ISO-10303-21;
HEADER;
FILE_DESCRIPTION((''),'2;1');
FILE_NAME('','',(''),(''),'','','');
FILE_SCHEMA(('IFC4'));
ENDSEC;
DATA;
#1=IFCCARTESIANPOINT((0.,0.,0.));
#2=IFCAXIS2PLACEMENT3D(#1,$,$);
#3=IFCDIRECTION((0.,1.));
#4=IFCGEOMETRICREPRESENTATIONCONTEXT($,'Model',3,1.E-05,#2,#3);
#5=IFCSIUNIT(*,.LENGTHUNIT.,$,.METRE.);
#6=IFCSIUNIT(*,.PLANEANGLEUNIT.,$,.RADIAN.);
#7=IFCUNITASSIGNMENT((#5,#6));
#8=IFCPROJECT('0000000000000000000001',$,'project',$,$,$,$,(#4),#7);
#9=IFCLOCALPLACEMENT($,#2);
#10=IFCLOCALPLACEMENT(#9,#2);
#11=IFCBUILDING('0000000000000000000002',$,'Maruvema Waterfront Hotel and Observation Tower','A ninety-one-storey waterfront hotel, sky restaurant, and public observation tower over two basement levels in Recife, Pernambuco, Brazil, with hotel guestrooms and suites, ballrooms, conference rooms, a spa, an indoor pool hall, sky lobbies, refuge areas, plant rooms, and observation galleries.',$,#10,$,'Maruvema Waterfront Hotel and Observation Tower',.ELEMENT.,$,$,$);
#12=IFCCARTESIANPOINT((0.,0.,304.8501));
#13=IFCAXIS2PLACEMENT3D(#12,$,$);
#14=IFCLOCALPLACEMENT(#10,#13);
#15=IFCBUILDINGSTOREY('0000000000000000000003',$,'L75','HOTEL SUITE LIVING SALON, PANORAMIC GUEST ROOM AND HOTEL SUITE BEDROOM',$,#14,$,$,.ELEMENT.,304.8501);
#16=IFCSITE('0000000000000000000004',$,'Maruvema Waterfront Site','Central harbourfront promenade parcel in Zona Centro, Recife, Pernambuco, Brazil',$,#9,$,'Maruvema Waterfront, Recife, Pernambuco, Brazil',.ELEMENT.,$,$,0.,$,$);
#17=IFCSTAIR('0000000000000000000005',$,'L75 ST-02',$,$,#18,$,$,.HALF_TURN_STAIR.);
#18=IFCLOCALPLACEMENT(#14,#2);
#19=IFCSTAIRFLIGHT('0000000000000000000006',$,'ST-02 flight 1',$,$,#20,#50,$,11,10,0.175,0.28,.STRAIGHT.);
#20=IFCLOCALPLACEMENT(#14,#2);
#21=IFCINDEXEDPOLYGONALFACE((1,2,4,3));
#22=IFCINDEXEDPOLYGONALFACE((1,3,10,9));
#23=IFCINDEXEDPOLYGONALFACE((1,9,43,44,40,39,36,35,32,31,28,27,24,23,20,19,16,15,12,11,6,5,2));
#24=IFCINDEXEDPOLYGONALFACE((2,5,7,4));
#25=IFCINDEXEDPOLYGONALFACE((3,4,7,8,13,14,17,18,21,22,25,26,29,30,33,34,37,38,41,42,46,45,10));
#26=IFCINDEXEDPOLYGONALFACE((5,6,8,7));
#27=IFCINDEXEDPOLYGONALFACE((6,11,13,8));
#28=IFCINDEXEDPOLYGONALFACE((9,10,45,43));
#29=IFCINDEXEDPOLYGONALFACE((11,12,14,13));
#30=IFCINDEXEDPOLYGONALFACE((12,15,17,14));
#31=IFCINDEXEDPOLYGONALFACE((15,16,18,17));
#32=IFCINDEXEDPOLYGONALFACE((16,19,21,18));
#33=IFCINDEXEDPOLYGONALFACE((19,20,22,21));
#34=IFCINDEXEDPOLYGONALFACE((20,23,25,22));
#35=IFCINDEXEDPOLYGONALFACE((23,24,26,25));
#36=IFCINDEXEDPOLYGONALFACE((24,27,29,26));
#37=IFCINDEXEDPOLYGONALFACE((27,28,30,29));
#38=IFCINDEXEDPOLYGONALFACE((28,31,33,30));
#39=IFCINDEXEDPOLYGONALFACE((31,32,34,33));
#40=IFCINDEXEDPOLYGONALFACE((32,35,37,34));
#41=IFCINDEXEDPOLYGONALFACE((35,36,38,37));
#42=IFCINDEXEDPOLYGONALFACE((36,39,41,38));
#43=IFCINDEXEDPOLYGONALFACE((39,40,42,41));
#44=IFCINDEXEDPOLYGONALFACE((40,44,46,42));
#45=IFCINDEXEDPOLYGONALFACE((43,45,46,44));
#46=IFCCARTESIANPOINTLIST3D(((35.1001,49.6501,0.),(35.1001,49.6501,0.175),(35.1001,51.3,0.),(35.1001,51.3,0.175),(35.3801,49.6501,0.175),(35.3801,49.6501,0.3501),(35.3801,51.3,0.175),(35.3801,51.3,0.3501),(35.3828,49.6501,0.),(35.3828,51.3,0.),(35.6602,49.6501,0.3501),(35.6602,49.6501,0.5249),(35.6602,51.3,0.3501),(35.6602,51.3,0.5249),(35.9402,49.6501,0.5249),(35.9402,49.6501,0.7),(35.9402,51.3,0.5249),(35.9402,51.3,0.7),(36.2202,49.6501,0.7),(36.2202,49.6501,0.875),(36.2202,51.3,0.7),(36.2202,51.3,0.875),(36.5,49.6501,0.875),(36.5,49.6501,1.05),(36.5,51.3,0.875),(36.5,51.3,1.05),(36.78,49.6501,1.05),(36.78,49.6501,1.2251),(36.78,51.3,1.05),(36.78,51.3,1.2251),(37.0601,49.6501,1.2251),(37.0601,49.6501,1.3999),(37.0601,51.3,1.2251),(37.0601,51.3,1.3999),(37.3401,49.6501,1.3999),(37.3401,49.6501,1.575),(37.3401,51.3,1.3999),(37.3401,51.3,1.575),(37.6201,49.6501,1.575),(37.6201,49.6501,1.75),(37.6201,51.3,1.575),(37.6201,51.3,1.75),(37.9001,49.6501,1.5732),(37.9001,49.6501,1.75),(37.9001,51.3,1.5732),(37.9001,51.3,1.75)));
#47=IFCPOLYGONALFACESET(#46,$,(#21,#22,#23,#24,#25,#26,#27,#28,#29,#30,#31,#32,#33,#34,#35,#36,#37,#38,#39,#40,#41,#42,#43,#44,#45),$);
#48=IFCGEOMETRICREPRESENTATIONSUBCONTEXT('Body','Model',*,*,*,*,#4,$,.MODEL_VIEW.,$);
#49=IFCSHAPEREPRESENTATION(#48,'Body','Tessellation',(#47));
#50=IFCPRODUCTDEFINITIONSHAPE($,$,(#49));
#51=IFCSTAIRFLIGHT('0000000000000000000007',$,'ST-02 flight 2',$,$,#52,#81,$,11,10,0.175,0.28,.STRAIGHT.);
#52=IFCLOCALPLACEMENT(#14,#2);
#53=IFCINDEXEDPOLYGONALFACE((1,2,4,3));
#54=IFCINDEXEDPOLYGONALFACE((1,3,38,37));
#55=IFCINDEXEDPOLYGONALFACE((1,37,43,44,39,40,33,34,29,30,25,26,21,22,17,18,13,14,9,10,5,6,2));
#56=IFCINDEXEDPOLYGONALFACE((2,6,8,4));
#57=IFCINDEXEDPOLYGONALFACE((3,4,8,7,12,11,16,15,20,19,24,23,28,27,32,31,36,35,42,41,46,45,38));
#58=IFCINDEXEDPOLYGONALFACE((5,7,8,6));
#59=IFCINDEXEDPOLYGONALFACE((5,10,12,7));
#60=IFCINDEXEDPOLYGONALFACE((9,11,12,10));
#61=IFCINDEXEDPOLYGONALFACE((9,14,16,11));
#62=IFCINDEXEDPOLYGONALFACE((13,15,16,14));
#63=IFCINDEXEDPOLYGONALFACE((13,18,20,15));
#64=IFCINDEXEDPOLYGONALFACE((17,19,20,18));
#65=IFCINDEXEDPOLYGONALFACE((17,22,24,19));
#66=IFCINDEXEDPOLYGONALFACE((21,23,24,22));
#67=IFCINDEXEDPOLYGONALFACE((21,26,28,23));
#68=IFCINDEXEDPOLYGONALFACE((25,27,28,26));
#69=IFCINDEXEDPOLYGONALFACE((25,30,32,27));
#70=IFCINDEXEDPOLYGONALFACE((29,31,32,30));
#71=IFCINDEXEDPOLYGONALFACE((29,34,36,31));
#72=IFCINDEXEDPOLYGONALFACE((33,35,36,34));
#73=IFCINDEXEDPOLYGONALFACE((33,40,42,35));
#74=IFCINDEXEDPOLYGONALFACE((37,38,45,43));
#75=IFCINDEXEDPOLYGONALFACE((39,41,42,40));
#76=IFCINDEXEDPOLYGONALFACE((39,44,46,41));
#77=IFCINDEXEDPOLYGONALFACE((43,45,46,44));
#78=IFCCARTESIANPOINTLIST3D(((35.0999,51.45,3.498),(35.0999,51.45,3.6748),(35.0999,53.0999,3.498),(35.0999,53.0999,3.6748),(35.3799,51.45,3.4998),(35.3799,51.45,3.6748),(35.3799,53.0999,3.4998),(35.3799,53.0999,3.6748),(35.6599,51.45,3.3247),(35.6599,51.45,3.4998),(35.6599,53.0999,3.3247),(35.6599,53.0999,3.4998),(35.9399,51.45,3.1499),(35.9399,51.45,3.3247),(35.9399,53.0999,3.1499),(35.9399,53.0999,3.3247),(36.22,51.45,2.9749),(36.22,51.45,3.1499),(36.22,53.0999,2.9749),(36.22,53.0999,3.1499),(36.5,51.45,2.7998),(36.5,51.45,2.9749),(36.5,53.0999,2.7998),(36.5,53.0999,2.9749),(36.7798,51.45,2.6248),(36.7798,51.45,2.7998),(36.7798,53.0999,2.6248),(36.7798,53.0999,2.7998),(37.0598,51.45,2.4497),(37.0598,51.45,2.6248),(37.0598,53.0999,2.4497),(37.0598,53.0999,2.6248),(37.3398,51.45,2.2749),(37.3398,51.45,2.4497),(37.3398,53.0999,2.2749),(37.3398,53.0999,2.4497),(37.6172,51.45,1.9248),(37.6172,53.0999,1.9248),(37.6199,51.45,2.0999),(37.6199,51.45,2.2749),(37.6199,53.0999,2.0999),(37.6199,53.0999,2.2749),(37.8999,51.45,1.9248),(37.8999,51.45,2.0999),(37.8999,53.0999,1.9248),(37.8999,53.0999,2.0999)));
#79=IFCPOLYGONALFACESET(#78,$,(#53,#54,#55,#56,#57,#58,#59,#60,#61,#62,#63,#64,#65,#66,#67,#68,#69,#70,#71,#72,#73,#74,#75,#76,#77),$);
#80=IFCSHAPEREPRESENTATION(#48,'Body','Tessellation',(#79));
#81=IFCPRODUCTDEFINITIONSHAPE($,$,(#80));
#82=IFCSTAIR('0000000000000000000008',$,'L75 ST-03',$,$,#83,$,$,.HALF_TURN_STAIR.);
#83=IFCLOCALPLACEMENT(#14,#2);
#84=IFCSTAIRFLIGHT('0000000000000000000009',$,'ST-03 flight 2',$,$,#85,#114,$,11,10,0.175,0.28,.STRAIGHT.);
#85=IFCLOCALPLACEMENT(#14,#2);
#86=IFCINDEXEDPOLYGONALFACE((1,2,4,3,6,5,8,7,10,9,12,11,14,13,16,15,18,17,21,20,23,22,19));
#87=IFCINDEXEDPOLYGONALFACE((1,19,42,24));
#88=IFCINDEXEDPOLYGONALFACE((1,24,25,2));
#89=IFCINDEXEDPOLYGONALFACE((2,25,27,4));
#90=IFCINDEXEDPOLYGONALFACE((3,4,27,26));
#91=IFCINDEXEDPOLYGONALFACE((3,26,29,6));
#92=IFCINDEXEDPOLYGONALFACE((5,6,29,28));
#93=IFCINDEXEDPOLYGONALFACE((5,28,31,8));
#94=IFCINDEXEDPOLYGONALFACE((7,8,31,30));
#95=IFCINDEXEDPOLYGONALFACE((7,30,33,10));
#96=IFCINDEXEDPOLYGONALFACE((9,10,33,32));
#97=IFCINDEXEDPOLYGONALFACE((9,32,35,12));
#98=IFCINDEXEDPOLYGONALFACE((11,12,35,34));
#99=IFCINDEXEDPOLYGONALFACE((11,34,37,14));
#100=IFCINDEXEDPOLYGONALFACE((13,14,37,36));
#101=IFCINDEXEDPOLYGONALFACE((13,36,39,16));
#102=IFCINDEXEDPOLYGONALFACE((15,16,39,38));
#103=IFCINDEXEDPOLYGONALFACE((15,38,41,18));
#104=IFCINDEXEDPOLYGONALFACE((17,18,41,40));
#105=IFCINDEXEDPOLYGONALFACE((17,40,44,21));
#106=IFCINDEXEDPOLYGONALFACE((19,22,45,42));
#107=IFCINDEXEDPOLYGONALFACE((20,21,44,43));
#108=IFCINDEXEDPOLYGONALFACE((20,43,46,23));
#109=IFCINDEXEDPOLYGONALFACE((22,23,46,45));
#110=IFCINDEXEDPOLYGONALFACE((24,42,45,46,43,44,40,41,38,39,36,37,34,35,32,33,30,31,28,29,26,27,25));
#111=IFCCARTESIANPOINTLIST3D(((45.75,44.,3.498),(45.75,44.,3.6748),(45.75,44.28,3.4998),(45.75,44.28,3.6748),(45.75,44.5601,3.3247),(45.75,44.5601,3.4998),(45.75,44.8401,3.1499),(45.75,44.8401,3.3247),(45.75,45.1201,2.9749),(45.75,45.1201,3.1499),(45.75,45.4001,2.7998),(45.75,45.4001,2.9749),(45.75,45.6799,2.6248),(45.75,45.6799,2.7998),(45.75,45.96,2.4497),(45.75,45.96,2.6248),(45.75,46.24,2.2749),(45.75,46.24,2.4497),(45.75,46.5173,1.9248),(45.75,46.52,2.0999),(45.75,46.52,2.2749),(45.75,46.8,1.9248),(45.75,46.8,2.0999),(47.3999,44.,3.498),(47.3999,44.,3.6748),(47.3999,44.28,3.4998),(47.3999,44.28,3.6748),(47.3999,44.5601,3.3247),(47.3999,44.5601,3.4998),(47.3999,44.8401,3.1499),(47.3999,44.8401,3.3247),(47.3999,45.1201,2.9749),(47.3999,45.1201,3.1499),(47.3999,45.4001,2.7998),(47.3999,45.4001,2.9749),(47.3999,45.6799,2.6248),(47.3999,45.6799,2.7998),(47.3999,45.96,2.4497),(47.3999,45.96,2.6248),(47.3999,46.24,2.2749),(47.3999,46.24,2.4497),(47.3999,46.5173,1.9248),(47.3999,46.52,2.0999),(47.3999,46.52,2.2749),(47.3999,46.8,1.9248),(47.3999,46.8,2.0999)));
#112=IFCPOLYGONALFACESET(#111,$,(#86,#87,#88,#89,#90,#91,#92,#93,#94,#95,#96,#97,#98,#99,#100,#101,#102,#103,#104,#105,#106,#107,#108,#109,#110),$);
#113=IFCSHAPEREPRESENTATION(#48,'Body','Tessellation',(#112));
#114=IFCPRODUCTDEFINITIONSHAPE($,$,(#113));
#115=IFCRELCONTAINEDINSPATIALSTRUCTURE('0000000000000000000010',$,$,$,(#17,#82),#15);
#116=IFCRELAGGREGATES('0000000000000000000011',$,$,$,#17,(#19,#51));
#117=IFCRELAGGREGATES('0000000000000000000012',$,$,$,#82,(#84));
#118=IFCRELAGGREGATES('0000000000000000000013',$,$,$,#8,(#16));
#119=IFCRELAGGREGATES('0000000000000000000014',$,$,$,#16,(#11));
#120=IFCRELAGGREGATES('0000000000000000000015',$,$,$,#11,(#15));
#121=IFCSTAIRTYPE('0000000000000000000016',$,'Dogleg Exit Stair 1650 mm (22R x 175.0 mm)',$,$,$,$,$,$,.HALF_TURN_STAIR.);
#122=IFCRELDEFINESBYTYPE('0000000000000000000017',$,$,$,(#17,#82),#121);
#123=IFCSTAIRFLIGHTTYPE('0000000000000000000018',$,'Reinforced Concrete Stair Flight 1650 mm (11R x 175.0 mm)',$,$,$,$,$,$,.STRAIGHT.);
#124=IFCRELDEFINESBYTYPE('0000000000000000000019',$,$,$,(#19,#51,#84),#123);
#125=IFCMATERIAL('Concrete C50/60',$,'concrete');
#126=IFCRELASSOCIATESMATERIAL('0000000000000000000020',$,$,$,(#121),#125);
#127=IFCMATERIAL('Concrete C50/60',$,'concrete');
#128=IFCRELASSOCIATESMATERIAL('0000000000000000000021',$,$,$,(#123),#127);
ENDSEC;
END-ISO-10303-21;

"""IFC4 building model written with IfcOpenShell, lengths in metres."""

from ifc_helpers import new_model, si_unit, direction, frame, origin, place, context, subcontext, project, spatial, polyline, outline, extrude, material, type_object, element, aggregate, save


model = new_model("IFC4")

# Units and contexts
model_context = context("Model", 3, precision=1e-05, world=origin(), true_north=direction((0.0, 1.0)))
body_context = subcontext(model_context, "Body", "Model", "MODEL_VIEW")
ifc_project = project(units=[si_unit("LENGTHUNIT", "METRE"), si_unit("PLANEANGLEUNIT", "RADIAN")], contexts=[model_context])

# Site, building, storey
site_placement = place(None, origin())
site = spatial("IfcSite", under=ifc_project, at=site_placement, Name="Maruvema Waterfront Site", Description="Central harbourfront promenade parcel in Zona Centro, Recife, Pernambuco, Brazil", LongName="Maruvema Waterfront, Recife, Pernambuco, Brazil", CompositionType="ELEMENT", RefElevation=0.0)
building_placement = place(site_placement, origin())
building = spatial("IfcBuilding", under=site, at=building_placement, Name="Maruvema Waterfront Hotel and Observation Tower", Description="A ninety-one-storey waterfront hotel, sky restaurant, and public observation tower over two basement levels in Recife, Pernambuco, Brazil, with hotel guestrooms and suites, ballrooms, conference rooms, a spa, an indoor pool hall, sky lobbies, refuge areas, plant rooms, and observation galleries.", LongName="Maruvema Waterfront Hotel and Observation Tower", CompositionType="ELEMENT")
storey_placement = place(building_placement, frame((0.0, 0.0, 304.8501)))
storey = spatial("IfcBuildingStorey", under=building, at=storey_placement, Name="L75", Description="HOTEL SUITE LIVING SALON, PANORAMIC GUEST ROOM AND HOTEL SUITE BEDROOM", CompositionType="ELEMENT", Elevation=304.8501)

# Stair, stair flights
ifc_material_1 = material(Name="Concrete C50/60", Category="concrete")
stair_type = type_object("IfcStairType", Name="Dogleg Exit Stair 1650 mm (22R x 175.0 mm)", PredefinedType="HALF_TURN_STAIR", material=ifc_material_1)
stair_1_placement = place(storey_placement, origin())
stair_1 = element("IfcStair", 1, at=stair_1_placement, inside=storey, type_object=stair_type, Name="L75 ST-02", PredefinedType="HALF_TURN_STAIR")
ifc_material_2 = material(Name="Concrete C50/60", Category="concrete")
stair_flight_type = type_object("IfcStairFlightType", Name="Reinforced Concrete Stair Flight 1650 mm (11R x 175.0 mm)", PredefinedType="STRAIGHT", material=ifc_material_2)
stair_flight_1_placement = place(storey_placement, frame((35.1001, 50.4751, 0.0), z_axis=(0.0, 0.0, 1.0), x_axis=(1.0, 0.0, 0.0)))
stair_flight_1 = element("IfcStairFlight", 2, at=stair_flight_1_placement, type_object=stair_flight_type, Name="ST-02 flight 1", NumberOfRisers=11, NumberOfTreads=10, PredefinedType="STRAIGHT", RiserHeight=0.175, TreadLength=0.28, context=body_context, shape_type="SweptSolid", body=[
    extrude(outline(polyline([(0.0, 0.0), (0.0, 0.175), (0.28, 0.175), (0.28, 0.3501), (0.5601, 0.3501), (0.5601, 0.5249), (0.8401, 0.5249), (0.8401, 0.7), (1.1201, 0.7), (1.1201, 0.875), (1.3999, 0.875), (1.3999, 1.05), (1.6799, 1.05), (1.6799, 1.2251), (1.96, 1.2251), (1.96, 1.3999), (2.24, 1.3999), (2.24, 1.575), (2.52, 1.575), (2.52, 1.75), (2.8, 1.75), (2.8, 1.925), (2.8, 1.5732), (0.2827, 0.0), (0.0, 0.0)])), frame((0.0, 0.825, 0.0), z_axis=(0.0, -1.0, 0.0), x_axis=(1.0, 0.0, 0.0)), (0.0, 0.0, 1.0), 1.6499),
])
stair_flight_2_placement = place(storey_placement, frame((37.8999, 52.2749, 1.9248), z_axis=(0.0, 0.0, 1.0), x_axis=(-1.0, 0.0, 0.0)))
stair_flight_2 = element("IfcStairFlight", 3, at=stair_flight_2_placement, type_object=stair_flight_type, Name="ST-02 flight 2", NumberOfRisers=11, NumberOfTreads=10, PredefinedType="STRAIGHT", RiserHeight=0.175, TreadLength=0.28, context=body_context, shape_type="SweptSolid", body=[
    extrude(outline(polyline([(0.0, 0.0), (0.0, 0.175), (0.28, 0.175), (0.28, 0.3501), (0.5601, 0.3501), (0.5601, 0.5249), (0.8401, 0.5249), (0.8401, 0.7), (1.1201, 0.7), (1.1201, 0.875), (1.3999, 0.875), (1.3999, 1.05), (1.6799, 1.05), (1.6799, 1.2251), (1.96, 1.2251), (1.96, 1.3999), (2.24, 1.3999), (2.24, 1.575), (2.52, 1.575), (2.52, 1.75), (2.8, 1.75), (2.8, 1.925), (2.8, 1.5732), (0.2827, 0.0), (0.0, 0.0)])), frame((0.0, 0.825, 0.0), z_axis=(0.0, -1.0, 0.0), x_axis=(1.0, 0.0, 0.0)), (0.0, 0.0, 1.0), 1.6499),
])
aggregate(stair_1, [stair_flight_1, stair_flight_2])

# Stair, stair flight
stair_2_placement = place(storey_placement, origin())
stair_2 = element("IfcStair", 4, at=stair_2_placement, inside=storey, type_object=stair_type, Name="L75 ST-03", PredefinedType="HALF_TURN_STAIR")
stair_flight_3_placement = place(storey_placement, frame((46.575, 46.8, 1.9248), z_axis=(0.0, 0.0, 1.0), x_axis=(0.0, -1.0, 0.0)))
stair_flight_3 = element("IfcStairFlight", 5, at=stair_flight_3_placement, type_object=stair_flight_type, Name="ST-03 flight 2", NumberOfRisers=11, NumberOfTreads=10, PredefinedType="STRAIGHT", RiserHeight=0.175, TreadLength=0.28, context=body_context, shape_type="SweptSolid", body=[
    extrude(outline(polyline([(0.0, 0.0), (0.0, 0.175), (0.28, 0.175), (0.28, 0.3501), (0.5601, 0.3501), (0.5601, 0.5249), (0.8401, 0.5249), (0.8401, 0.7), (1.1201, 0.7), (1.1201, 0.875), (1.3999, 0.875), (1.3999, 1.05), (1.6799, 1.05), (1.6799, 1.2251), (1.96, 1.2251), (1.96, 1.3999), (2.24, 1.3999), (2.24, 1.575), (2.52, 1.575), (2.52, 1.75), (2.8, 1.75), (2.8, 1.925), (2.8, 1.5732), (0.2827, 0.0), (0.0, 0.0)])), frame((0.0, 0.825, 0.0), z_axis=(0.0, -1.0, 0.0), x_axis=(1.0, 0.0, 0.0)), (0.0, 0.0, 1.0), 1.6499),
])
aggregate(stair_2, [stair_flight_3])

save(model, "model.ifc")
